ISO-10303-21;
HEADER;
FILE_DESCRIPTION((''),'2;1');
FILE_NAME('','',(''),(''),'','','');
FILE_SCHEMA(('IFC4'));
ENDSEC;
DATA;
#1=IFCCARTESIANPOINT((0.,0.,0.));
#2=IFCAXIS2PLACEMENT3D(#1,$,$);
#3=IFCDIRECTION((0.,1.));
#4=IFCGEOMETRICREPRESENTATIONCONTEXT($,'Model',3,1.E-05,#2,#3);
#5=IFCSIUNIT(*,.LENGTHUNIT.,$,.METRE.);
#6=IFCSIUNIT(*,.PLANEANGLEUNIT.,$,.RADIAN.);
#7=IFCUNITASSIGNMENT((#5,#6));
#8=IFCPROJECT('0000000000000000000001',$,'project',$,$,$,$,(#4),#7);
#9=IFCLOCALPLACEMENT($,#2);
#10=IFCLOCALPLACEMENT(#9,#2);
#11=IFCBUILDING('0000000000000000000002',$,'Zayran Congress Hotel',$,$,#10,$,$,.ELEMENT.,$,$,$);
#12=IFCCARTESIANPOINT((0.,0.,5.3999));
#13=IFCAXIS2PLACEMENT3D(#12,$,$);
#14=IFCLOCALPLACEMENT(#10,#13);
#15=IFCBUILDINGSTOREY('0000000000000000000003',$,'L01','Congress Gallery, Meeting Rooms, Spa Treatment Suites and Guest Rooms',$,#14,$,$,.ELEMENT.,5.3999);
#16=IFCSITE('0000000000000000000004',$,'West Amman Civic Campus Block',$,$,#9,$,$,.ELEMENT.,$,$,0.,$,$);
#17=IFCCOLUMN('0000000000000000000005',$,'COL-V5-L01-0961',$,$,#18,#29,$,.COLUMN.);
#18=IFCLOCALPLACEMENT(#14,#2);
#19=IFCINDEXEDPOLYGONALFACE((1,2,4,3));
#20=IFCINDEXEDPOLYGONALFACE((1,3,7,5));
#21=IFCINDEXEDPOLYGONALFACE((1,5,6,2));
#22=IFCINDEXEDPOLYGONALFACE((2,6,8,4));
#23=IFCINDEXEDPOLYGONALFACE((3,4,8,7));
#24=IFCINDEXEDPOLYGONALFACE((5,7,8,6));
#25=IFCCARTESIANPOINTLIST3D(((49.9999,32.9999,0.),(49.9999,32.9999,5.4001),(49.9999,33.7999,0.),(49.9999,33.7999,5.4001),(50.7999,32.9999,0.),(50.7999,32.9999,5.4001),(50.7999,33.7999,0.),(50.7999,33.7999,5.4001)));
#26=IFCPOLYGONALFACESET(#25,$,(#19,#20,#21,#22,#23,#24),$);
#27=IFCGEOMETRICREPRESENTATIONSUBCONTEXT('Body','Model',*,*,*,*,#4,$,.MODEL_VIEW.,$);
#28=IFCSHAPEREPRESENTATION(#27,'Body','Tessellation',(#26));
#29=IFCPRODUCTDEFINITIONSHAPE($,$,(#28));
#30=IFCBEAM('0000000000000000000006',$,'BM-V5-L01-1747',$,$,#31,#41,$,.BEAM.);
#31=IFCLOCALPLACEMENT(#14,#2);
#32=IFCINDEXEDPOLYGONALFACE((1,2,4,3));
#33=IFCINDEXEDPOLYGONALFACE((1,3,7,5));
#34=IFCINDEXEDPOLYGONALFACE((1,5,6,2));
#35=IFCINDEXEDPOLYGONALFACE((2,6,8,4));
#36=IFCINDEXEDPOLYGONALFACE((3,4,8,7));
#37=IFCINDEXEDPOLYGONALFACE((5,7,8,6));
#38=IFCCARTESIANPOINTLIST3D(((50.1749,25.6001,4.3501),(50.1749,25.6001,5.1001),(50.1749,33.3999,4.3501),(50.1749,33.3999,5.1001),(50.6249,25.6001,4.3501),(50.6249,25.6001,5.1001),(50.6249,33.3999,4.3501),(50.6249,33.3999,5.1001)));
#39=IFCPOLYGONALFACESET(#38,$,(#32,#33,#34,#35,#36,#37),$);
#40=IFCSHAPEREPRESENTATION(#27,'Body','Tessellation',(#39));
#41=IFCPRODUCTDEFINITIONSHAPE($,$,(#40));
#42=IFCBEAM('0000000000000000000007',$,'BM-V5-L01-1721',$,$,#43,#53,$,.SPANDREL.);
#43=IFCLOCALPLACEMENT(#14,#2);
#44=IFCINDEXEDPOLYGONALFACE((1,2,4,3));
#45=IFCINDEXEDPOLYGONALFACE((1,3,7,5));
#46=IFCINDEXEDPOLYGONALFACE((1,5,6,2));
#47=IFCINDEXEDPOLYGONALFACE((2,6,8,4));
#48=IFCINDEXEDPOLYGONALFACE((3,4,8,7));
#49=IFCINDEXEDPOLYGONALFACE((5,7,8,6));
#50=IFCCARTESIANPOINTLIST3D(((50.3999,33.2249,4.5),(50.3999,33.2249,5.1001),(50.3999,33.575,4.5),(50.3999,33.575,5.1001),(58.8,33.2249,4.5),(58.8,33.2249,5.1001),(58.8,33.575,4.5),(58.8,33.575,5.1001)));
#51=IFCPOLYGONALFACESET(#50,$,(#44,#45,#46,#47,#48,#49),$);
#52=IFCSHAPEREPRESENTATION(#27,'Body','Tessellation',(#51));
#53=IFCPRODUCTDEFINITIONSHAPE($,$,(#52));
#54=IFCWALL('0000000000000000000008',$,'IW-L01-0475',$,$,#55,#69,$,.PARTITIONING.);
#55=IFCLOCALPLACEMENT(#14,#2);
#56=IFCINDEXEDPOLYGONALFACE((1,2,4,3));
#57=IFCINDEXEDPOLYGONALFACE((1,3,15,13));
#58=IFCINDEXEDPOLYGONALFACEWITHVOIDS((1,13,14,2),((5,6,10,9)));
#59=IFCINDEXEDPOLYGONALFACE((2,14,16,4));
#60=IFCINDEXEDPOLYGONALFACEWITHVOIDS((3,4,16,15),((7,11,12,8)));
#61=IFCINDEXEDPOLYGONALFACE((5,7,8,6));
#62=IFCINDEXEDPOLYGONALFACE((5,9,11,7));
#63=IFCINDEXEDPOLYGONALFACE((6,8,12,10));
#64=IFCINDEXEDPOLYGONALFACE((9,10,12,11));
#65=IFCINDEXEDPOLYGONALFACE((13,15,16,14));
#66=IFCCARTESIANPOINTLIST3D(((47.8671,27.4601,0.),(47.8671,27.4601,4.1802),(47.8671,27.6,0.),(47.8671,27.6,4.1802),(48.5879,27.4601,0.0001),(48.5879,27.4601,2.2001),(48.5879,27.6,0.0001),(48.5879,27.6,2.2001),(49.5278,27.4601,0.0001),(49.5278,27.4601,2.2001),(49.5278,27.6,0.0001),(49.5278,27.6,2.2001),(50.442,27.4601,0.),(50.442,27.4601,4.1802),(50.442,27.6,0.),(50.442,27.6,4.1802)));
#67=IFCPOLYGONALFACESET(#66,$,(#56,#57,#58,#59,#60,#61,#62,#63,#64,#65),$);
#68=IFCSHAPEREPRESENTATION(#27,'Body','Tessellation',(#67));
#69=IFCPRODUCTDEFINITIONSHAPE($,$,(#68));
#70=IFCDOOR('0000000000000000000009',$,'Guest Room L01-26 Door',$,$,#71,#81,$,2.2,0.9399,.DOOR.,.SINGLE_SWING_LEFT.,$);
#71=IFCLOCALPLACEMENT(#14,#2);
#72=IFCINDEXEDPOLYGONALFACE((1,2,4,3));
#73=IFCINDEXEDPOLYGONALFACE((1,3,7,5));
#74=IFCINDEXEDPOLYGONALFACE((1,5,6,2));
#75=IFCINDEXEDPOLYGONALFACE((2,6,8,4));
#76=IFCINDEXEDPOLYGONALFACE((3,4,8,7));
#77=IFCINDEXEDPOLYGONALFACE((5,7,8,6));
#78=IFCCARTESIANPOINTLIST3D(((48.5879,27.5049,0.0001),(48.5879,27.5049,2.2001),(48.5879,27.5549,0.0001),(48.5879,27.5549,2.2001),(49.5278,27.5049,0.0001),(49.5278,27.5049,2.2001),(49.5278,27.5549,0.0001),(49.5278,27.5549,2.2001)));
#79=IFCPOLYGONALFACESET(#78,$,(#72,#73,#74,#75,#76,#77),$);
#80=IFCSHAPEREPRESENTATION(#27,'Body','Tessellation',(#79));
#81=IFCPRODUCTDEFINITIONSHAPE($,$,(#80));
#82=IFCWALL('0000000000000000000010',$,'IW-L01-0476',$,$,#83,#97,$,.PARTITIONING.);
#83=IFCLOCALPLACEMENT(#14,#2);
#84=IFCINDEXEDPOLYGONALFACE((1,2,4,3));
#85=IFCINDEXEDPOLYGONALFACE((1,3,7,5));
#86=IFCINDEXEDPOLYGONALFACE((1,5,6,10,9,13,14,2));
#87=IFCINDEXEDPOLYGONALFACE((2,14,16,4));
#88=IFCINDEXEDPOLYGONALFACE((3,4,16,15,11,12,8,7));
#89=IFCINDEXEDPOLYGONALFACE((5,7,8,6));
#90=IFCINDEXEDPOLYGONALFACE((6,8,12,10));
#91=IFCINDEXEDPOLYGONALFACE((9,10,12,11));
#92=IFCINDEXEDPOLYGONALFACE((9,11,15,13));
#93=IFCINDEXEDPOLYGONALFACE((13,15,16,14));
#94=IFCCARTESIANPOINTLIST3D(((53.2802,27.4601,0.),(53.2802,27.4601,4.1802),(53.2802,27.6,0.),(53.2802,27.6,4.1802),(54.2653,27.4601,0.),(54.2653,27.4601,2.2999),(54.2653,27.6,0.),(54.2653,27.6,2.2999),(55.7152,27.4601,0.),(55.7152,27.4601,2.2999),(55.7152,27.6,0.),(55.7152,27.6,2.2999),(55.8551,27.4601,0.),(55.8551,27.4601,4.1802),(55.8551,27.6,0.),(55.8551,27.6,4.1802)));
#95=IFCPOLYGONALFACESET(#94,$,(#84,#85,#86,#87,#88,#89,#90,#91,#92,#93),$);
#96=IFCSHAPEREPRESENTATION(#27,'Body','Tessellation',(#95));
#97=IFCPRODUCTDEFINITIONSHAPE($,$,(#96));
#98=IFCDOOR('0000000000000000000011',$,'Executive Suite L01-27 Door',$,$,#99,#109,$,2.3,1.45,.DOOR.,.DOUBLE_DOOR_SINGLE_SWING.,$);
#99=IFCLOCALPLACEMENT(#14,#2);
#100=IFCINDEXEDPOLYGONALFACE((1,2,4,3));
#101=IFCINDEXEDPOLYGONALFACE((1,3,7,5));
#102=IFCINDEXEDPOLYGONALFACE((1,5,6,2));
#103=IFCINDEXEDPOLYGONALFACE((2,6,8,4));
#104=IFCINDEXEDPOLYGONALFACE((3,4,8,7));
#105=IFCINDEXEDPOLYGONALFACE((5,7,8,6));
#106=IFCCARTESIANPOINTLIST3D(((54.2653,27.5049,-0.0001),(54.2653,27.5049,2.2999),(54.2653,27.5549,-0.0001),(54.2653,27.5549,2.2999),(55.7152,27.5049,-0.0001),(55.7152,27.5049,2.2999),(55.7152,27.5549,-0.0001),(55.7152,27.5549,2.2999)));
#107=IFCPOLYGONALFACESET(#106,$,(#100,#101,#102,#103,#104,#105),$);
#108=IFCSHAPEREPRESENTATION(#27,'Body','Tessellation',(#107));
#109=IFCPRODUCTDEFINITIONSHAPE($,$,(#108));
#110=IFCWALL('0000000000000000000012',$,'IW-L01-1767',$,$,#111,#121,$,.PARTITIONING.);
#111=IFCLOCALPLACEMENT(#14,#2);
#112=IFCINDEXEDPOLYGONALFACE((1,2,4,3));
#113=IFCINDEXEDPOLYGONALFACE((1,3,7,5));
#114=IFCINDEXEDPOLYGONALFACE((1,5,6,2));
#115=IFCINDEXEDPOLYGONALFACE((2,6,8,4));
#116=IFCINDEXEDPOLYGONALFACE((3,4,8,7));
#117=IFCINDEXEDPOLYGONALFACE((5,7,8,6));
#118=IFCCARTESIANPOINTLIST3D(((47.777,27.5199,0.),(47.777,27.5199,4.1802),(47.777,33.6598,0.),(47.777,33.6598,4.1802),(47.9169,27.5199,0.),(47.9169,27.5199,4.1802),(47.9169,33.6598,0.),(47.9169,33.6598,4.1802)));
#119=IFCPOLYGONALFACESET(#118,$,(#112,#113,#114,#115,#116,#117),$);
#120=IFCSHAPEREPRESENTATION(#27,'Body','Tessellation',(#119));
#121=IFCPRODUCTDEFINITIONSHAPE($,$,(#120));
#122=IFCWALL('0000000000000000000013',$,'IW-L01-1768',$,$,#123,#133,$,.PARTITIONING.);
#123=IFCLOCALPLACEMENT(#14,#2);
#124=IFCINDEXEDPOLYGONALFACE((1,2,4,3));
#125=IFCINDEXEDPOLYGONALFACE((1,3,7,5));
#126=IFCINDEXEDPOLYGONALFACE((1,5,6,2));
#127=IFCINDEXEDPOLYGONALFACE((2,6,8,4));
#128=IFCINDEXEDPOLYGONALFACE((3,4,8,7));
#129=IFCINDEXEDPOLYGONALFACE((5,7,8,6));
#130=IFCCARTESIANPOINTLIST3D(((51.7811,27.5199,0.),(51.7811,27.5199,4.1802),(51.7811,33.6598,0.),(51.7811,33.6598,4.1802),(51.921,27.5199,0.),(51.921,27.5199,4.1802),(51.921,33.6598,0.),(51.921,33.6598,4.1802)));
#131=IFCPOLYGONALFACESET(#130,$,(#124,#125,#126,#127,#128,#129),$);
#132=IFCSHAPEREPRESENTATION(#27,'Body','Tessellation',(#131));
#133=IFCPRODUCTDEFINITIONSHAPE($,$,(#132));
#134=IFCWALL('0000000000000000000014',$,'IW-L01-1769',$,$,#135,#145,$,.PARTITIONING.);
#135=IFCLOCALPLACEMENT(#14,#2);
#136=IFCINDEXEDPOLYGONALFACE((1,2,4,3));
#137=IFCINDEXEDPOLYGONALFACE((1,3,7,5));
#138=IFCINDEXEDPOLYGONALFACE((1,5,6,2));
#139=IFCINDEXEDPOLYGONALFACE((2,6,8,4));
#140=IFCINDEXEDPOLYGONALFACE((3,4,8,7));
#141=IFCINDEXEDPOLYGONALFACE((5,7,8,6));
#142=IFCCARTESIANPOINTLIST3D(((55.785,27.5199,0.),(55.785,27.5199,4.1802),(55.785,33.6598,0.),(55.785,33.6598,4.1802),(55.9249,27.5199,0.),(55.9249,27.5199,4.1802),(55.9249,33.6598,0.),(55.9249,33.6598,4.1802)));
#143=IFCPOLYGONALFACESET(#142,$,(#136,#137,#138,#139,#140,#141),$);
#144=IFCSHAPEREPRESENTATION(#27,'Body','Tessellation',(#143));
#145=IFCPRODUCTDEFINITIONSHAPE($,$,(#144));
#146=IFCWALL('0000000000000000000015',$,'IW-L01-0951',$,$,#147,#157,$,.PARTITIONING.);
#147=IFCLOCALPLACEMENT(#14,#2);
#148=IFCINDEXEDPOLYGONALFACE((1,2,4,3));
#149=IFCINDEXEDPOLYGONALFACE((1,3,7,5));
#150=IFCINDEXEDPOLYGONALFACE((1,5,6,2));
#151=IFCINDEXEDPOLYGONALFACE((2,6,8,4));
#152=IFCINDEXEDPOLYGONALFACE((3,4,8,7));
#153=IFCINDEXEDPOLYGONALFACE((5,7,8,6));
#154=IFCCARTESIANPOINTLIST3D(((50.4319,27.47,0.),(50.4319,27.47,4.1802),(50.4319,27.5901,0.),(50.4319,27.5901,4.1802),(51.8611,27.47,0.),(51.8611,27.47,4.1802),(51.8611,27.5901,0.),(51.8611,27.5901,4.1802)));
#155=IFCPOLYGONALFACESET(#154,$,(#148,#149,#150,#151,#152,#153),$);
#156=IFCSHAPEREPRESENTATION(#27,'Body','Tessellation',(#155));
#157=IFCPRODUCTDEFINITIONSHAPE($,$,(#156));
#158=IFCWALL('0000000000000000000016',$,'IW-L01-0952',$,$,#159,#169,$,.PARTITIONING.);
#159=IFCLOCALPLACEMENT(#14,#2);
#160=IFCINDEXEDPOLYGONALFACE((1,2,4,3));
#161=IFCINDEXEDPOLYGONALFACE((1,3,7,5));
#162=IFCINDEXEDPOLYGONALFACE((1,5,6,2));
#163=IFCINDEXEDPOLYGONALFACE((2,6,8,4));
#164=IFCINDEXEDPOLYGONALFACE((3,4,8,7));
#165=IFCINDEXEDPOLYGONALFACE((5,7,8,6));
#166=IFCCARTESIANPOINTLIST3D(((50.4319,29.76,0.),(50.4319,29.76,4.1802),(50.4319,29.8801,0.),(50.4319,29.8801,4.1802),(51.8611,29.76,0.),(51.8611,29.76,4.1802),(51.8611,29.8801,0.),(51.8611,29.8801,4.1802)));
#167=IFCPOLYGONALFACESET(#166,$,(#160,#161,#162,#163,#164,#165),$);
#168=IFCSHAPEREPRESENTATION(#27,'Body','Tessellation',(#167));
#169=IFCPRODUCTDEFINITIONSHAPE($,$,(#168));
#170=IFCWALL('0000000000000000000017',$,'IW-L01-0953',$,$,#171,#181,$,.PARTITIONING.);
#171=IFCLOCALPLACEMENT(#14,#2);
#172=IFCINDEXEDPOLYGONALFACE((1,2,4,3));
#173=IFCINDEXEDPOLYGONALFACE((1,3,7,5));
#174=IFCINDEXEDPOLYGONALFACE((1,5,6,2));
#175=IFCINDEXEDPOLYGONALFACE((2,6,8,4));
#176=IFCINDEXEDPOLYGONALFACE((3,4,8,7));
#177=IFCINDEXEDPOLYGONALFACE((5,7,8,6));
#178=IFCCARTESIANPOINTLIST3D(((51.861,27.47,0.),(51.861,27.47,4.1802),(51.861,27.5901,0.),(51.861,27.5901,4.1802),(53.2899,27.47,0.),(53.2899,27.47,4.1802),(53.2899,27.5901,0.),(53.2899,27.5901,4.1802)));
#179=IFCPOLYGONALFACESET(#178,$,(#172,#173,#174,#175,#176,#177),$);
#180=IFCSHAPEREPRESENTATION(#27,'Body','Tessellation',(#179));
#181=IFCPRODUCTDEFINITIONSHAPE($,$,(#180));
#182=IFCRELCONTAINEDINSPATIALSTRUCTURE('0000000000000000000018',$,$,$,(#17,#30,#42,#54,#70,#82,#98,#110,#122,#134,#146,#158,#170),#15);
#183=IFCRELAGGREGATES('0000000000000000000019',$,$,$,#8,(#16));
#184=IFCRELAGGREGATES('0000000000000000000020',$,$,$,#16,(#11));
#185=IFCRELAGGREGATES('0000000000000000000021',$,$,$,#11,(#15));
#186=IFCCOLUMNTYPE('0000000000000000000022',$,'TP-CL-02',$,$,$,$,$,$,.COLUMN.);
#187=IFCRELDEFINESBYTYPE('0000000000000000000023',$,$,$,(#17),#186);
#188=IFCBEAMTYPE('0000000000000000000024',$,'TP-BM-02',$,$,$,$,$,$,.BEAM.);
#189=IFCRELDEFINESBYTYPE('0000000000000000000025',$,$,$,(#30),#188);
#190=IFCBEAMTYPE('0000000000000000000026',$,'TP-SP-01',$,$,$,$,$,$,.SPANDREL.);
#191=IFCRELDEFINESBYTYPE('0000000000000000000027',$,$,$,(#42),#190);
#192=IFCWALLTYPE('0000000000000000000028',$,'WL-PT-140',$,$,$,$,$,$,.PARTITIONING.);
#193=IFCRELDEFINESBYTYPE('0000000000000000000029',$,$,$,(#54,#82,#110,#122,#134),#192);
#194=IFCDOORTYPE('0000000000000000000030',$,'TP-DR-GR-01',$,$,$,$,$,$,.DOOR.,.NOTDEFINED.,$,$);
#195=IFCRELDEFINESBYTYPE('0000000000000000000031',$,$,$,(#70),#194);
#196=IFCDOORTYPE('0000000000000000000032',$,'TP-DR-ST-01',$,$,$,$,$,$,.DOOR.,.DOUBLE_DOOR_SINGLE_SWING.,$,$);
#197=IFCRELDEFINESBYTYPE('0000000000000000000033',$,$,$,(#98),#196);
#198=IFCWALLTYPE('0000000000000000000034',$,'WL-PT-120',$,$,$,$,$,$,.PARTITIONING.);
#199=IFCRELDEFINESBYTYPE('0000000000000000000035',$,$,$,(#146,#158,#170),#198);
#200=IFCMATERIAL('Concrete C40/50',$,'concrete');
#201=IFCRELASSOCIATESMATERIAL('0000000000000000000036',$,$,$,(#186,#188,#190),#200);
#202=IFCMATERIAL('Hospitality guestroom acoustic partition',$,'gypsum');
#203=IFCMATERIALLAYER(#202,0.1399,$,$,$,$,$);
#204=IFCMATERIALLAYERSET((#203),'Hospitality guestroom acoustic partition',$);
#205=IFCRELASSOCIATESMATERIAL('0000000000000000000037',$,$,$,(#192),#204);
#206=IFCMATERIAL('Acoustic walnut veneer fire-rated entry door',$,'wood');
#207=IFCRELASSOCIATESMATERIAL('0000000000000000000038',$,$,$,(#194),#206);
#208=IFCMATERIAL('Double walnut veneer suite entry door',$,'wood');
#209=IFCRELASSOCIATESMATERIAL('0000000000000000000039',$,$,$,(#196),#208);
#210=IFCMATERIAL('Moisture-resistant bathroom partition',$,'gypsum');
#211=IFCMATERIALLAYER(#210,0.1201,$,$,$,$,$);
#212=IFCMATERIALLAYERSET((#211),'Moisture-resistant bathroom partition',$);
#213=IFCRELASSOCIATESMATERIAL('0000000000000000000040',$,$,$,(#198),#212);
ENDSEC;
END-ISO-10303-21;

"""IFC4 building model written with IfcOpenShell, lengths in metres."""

from ifc_helpers import new_model, si_unit, direction, frame, frame_2d, origin, origin_2d, place, context, subcontext, project, spatial, rectangle, extrude, material, layer, layer_set, material_profile, profile_set, type_object, element, fill, save


model = new_model("IFC4")

# Units and contexts
model_context = context("Model", 3, precision=1e-05, world=origin(), true_north=direction((0.0, 1.0)))
body_context = subcontext(model_context, "Body", "Model", "MODEL_VIEW")
ifc_project = project(units=[si_unit("LENGTHUNIT", "METRE"), si_unit("PLANEANGLEUNIT", "RADIAN")], contexts=[model_context])

# Site, building, storey
site_placement = place(None, origin())
site = spatial("IfcSite", under=ifc_project, at=site_placement, Name="West Amman Civic Campus Block", CompositionType="ELEMENT", RefElevation=0.0)
building_placement = place(site_placement, origin())
building = spatial("IfcBuilding", under=site, at=building_placement, Name="Zayran Congress Hotel", CompositionType="ELEMENT")
storey_placement = place(building_placement, frame((0.0, 0.0, 5.3999)))
storey = spatial("IfcBuildingStorey", under=building, at=storey_placement, Name="L01", Description="Congress Gallery, Meeting Rooms, Spa Treatment Suites and Guest Rooms", CompositionType="ELEMENT", Elevation=5.3999)

# Column
ifc_material_1 = material(Name="Concrete C40/50", Category="concrete")
ifc_material_profile_1 = material_profile(ifc_material_1, rectangle(XDim=0.8, YDim=0.8, at=origin_2d()), Name="RC 800x800")
ifc_profile_set_1 = profile_set([ifc_material_profile_1], Name="Concrete C40/50")
column_type = type_object("IfcColumnType", Name="TP-CL-02", PredefinedType="COLUMN", material=ifc_profile_set_1)
column_placement = place(storey_placement, frame((50.3999, 33.3999, 0.0), z_axis=(0.0, 0.0, 1.0), x_axis=(1.0, 0.0, 0.0)))
element("IfcColumn", 1, at=column_placement, inside=storey, type_object=column_type, Name="COL-V5-L01-0961", PredefinedType="COLUMN", context=body_context, shape_type="SweptSolid", body=[
    extrude(rectangle(XDim=0.8, YDim=0.8, at=origin_2d()), origin(), (0.0, 0.0, 1.0), 5.4001),
])

# Beams
ifc_material_profile_2 = material_profile(ifc_material_1, rectangle(XDim=0.45, YDim=0.75, at=origin_2d()), Name="RC 450x750")
ifc_profile_set_2 = profile_set([ifc_material_profile_2], Name="Concrete C40/50")
beam_type_1 = type_object("IfcBeamType", Name="TP-BM-02", PredefinedType="BEAM", material=ifc_profile_set_2)
beam_1_placement = place(storey_placement, frame((50.3999, 25.6001, 4.7251), z_axis=(0.0, 1.0, 0.0), x_axis=(-1.0, 0.0, 0.0)))
element("IfcBeam", 2, at=beam_1_placement, inside=storey, type_object=beam_type_1, Name="BM-V5-L01-1747", PredefinedType="BEAM", context=body_context, shape_type="SweptSolid", body=[
    extrude(rectangle(XDim=0.45, YDim=0.75, at=origin_2d()), origin(), (0.0, 0.0, 1.0), 7.7998),
])
ifc_material_profile_3 = material_profile(ifc_material_1, rectangle(XDim=0.3501, YDim=0.6001, at=origin_2d()), Name="RC 350x600")
ifc_profile_set_3 = profile_set([ifc_material_profile_3], Name="Concrete C40/50")
beam_type_2 = type_object("IfcBeamType", Name="TP-SP-01", PredefinedType="SPANDREL", material=ifc_profile_set_3)
beam_2_placement = place(storey_placement, frame((50.3999, 33.3999, 4.8), z_axis=(1.0, 0.0, 0.0), x_axis=(0.0, 1.0, 0.0)))
element("IfcBeam", 3, at=beam_2_placement, inside=storey, type_object=beam_type_2, Name="BM-V5-L01-1721", PredefinedType="SPANDREL", context=body_context, shape_type="SweptSolid", body=[
    extrude(rectangle(XDim=0.3501, YDim=0.6001, at=origin_2d()), origin(), (0.0, 0.0, 1.0), 8.4001),
])

# Walls, openings, doors
ifc_material_2 = material(Name="Hospitality guestroom acoustic partition", Category="gypsum")
ifc_layer_1 = layer(ifc_material_2, 0.1399)
ifc_layer_set_1 = layer_set([ifc_layer_1], Name="Hospitality guestroom acoustic partition")
wall_type_1 = type_object("IfcWallType", Name="WL-PT-140", PredefinedType="PARTITIONING", material=ifc_layer_set_1)
wall_1_placement = place(storey_placement, frame((47.8669, 27.53, 0.0), z_axis=(0.0, 0.0, 1.0), x_axis=(1.0, 0.0, 0.0)))
wall_1 = element("IfcWall", 4, at=wall_1_placement, inside=storey, type_object=wall_type_1, Name="IW-L01-0475", PredefinedType="PARTITIONING", context=body_context, shape_type="SweptSolid", body=[
    extrude(rectangle(XDim=2.575, YDim=0.1399, at=frame_2d((1.2876, 0.0))), origin(), (0.0, 0.0, 1.0), 4.1802),
])
opening_1_placement = place(wall_1_placement, frame((0.7209, 0.0, 0.0)))
opening_1 = element("IfcOpeningElement", 5, at=opening_1_placement, cuts=wall_1, PredefinedType="OPENING", context=body_context, shape_type="SweptSolid", body=[
    extrude(rectangle(XDim=0.9399, YDim=2.2, at=frame_2d((0.47, 1.1001))), frame((0.0, 0.0798, 0.0), z_axis=(0.0, -1.0, 0.0), x_axis=(1.0, 0.0, 0.0)), (0.0, 0.0, 1.0), 0.1599),
])
ifc_material_3 = material(Name="Acoustic walnut veneer fire-rated entry door", Category="wood")
door_type_1 = type_object("IfcDoorType", Name="TP-DR-GR-01", OperationType="NOTDEFINED", PredefinedType="DOOR", material=ifc_material_3)
door_1_placement = place(opening_1_placement, origin())
door_1 = element("IfcDoor", 6, at=door_1_placement, inside=storey, type_object=door_type_1, Name="Guest Room L01-26 Door", OperationType="SINGLE_SWING_LEFT", OverallHeight=2.2, OverallWidth=0.9399, PredefinedType="DOOR", context=body_context, shape_type="SweptSolid", body=[
    extrude(rectangle(XDim=0.9399, YDim=2.2, at=frame_2d((0.47, 1.1001))), frame((0.0, 0.0249, 0.0), z_axis=(0.0, -1.0, 0.0), x_axis=(1.0, 0.0, 0.0)), (0.0, 0.0, 1.0), 0.05),
])
fill(opening_1, door_1)
wall_2_placement = place(storey_placement, frame((53.28, 27.53, 0.0), z_axis=(0.0, 0.0, 1.0), x_axis=(1.0, 0.0, 0.0)))
wall_2 = element("IfcWall", 7, at=wall_2_placement, inside=storey, type_object=wall_type_1, Name="IW-L01-0476", PredefinedType="PARTITIONING", context=body_context, shape_type="SweptSolid", body=[
    extrude(rectangle(XDim=2.575, YDim=0.1399, at=frame_2d((1.2876, 0.0))), origin(), (0.0, 0.0, 1.0), 4.1802),
])
opening_2_placement = place(wall_2_placement, frame((0.9851, 0.0, 0.0)))
opening_2 = element("IfcOpeningElement", 8, at=opening_2_placement, cuts=wall_2, PredefinedType="OPENING", context=body_context, shape_type="SweptSolid", body=[
    extrude(rectangle(XDim=1.45, YDim=2.3, at=frame_2d((0.7251, 1.1499))), frame((0.0, 0.0798, 0.0), z_axis=(0.0, -1.0, 0.0), x_axis=(1.0, 0.0, 0.0)), (0.0, 0.0, 1.0), 0.1599),
])
ifc_material_4 = material(Name="Double walnut veneer suite entry door", Category="wood")
door_type_2 = type_object("IfcDoorType", Name="TP-DR-ST-01", OperationType="DOUBLE_DOOR_SINGLE_SWING", PredefinedType="DOOR", material=ifc_material_4)
door_2_placement = place(opening_2_placement, origin())
door_2 = element("IfcDoor", 9, at=door_2_placement, inside=storey, type_object=door_type_2, Name="Executive Suite L01-27 Door", OperationType="DOUBLE_DOOR_SINGLE_SWING", OverallHeight=2.3, OverallWidth=1.45, PredefinedType="DOOR", context=body_context, shape_type="SweptSolid", body=[
    extrude(rectangle(XDim=1.45, YDim=2.3, at=frame_2d((0.7251, 1.1499))), frame((0.0, 0.0249, 0.0), z_axis=(0.0, -1.0, 0.0), x_axis=(1.0, 0.0, 0.0)), (0.0, 0.0, 1.0), 0.05),
])
fill(opening_2, door_2)

# Walls
for number, where, z_axis, x_axis, name in (
    (10, (47.8469, 27.52, 0.0), (0.0, 0.0, 1.0), (0.0, 1.0, 0.0), "IW-L01-1767"),
    (11, (51.8511, 27.52, 0.0), (0.0, 0.0, 1.0), (0.0, 1.0, 0.0), "IW-L01-1768"),
    (12, (55.855, 27.52, 0.0), (0.0, 0.0, 1.0), (0.0, 1.0, 0.0), "IW-L01-1769"),
):
    element("IfcWall", number, at=place(storey_placement, frame(where, z_axis=z_axis, x_axis=x_axis)), inside=storey, type_object=wall_type_1, Name=name, PredefinedType="PARTITIONING", context=body_context, shape_type="SweptSolid", body=[
        extrude(rectangle(XDim=6.1399, YDim=0.1399, at=frame_2d((3.0698, 0.0))), origin(), (0.0, 0.0, 1.0), 4.1802),
    ])

# Shared definitions
ifc_material_5 = material(Name="Moisture-resistant bathroom partition", Category="gypsum")
ifc_layer_2 = layer(ifc_material_5, 0.1201)
ifc_layer_set_2 = layer_set([ifc_layer_2], Name="Moisture-resistant bathroom partition")
wall_type_2 = type_object("IfcWallType", Name="WL-PT-120", PredefinedType="PARTITIONING", material=ifc_layer_set_2)

# Walls
for number, where, z_axis, x_axis, name in (
    (13, (50.4319, 27.53, 0.0), (0.0, 0.0, 1.0), (1.0, 0.0, 0.0), "IW-L01-0951"),
    (14, (50.4319, 29.8201, 0.0), (0.0, 0.0, 1.0), (1.0, 0.0, 0.0), "IW-L01-0952"),
):
    element("IfcWall", number, at=place(storey_placement, frame(where, z_axis=z_axis, x_axis=x_axis)), inside=storey, type_object=wall_type_2, Name=name, PredefinedType="PARTITIONING", context=body_context, shape_type="SweptSolid", body=[
        extrude(rectangle(XDim=1.4292, YDim=0.1201, at=frame_2d((0.7146, 0.0))), origin(), (0.0, 0.0, 1.0), 4.1802),
    ])
for number, where, z_axis, x_axis, name in (
    (15, (51.8611, 27.53, 0.0), (0.0, 0.0, 1.0), (1.0, 0.0, 0.0), "IW-L01-0953"),
):
    element("IfcWall", number, at=place(storey_placement, frame(where, z_axis=z_axis, x_axis=x_axis)), inside=storey, type_object=wall_type_2, Name=name, PredefinedType="PARTITIONING", context=body_context, shape_type="SweptSolid", body=[
        extrude(rectangle(XDim=1.429, YDim=0.1201, at=frame_2d((0.7144, 0.0))), origin(), (0.0, 0.0, 1.0), 4.1802),
    ])

save(model, "model.ifc")
